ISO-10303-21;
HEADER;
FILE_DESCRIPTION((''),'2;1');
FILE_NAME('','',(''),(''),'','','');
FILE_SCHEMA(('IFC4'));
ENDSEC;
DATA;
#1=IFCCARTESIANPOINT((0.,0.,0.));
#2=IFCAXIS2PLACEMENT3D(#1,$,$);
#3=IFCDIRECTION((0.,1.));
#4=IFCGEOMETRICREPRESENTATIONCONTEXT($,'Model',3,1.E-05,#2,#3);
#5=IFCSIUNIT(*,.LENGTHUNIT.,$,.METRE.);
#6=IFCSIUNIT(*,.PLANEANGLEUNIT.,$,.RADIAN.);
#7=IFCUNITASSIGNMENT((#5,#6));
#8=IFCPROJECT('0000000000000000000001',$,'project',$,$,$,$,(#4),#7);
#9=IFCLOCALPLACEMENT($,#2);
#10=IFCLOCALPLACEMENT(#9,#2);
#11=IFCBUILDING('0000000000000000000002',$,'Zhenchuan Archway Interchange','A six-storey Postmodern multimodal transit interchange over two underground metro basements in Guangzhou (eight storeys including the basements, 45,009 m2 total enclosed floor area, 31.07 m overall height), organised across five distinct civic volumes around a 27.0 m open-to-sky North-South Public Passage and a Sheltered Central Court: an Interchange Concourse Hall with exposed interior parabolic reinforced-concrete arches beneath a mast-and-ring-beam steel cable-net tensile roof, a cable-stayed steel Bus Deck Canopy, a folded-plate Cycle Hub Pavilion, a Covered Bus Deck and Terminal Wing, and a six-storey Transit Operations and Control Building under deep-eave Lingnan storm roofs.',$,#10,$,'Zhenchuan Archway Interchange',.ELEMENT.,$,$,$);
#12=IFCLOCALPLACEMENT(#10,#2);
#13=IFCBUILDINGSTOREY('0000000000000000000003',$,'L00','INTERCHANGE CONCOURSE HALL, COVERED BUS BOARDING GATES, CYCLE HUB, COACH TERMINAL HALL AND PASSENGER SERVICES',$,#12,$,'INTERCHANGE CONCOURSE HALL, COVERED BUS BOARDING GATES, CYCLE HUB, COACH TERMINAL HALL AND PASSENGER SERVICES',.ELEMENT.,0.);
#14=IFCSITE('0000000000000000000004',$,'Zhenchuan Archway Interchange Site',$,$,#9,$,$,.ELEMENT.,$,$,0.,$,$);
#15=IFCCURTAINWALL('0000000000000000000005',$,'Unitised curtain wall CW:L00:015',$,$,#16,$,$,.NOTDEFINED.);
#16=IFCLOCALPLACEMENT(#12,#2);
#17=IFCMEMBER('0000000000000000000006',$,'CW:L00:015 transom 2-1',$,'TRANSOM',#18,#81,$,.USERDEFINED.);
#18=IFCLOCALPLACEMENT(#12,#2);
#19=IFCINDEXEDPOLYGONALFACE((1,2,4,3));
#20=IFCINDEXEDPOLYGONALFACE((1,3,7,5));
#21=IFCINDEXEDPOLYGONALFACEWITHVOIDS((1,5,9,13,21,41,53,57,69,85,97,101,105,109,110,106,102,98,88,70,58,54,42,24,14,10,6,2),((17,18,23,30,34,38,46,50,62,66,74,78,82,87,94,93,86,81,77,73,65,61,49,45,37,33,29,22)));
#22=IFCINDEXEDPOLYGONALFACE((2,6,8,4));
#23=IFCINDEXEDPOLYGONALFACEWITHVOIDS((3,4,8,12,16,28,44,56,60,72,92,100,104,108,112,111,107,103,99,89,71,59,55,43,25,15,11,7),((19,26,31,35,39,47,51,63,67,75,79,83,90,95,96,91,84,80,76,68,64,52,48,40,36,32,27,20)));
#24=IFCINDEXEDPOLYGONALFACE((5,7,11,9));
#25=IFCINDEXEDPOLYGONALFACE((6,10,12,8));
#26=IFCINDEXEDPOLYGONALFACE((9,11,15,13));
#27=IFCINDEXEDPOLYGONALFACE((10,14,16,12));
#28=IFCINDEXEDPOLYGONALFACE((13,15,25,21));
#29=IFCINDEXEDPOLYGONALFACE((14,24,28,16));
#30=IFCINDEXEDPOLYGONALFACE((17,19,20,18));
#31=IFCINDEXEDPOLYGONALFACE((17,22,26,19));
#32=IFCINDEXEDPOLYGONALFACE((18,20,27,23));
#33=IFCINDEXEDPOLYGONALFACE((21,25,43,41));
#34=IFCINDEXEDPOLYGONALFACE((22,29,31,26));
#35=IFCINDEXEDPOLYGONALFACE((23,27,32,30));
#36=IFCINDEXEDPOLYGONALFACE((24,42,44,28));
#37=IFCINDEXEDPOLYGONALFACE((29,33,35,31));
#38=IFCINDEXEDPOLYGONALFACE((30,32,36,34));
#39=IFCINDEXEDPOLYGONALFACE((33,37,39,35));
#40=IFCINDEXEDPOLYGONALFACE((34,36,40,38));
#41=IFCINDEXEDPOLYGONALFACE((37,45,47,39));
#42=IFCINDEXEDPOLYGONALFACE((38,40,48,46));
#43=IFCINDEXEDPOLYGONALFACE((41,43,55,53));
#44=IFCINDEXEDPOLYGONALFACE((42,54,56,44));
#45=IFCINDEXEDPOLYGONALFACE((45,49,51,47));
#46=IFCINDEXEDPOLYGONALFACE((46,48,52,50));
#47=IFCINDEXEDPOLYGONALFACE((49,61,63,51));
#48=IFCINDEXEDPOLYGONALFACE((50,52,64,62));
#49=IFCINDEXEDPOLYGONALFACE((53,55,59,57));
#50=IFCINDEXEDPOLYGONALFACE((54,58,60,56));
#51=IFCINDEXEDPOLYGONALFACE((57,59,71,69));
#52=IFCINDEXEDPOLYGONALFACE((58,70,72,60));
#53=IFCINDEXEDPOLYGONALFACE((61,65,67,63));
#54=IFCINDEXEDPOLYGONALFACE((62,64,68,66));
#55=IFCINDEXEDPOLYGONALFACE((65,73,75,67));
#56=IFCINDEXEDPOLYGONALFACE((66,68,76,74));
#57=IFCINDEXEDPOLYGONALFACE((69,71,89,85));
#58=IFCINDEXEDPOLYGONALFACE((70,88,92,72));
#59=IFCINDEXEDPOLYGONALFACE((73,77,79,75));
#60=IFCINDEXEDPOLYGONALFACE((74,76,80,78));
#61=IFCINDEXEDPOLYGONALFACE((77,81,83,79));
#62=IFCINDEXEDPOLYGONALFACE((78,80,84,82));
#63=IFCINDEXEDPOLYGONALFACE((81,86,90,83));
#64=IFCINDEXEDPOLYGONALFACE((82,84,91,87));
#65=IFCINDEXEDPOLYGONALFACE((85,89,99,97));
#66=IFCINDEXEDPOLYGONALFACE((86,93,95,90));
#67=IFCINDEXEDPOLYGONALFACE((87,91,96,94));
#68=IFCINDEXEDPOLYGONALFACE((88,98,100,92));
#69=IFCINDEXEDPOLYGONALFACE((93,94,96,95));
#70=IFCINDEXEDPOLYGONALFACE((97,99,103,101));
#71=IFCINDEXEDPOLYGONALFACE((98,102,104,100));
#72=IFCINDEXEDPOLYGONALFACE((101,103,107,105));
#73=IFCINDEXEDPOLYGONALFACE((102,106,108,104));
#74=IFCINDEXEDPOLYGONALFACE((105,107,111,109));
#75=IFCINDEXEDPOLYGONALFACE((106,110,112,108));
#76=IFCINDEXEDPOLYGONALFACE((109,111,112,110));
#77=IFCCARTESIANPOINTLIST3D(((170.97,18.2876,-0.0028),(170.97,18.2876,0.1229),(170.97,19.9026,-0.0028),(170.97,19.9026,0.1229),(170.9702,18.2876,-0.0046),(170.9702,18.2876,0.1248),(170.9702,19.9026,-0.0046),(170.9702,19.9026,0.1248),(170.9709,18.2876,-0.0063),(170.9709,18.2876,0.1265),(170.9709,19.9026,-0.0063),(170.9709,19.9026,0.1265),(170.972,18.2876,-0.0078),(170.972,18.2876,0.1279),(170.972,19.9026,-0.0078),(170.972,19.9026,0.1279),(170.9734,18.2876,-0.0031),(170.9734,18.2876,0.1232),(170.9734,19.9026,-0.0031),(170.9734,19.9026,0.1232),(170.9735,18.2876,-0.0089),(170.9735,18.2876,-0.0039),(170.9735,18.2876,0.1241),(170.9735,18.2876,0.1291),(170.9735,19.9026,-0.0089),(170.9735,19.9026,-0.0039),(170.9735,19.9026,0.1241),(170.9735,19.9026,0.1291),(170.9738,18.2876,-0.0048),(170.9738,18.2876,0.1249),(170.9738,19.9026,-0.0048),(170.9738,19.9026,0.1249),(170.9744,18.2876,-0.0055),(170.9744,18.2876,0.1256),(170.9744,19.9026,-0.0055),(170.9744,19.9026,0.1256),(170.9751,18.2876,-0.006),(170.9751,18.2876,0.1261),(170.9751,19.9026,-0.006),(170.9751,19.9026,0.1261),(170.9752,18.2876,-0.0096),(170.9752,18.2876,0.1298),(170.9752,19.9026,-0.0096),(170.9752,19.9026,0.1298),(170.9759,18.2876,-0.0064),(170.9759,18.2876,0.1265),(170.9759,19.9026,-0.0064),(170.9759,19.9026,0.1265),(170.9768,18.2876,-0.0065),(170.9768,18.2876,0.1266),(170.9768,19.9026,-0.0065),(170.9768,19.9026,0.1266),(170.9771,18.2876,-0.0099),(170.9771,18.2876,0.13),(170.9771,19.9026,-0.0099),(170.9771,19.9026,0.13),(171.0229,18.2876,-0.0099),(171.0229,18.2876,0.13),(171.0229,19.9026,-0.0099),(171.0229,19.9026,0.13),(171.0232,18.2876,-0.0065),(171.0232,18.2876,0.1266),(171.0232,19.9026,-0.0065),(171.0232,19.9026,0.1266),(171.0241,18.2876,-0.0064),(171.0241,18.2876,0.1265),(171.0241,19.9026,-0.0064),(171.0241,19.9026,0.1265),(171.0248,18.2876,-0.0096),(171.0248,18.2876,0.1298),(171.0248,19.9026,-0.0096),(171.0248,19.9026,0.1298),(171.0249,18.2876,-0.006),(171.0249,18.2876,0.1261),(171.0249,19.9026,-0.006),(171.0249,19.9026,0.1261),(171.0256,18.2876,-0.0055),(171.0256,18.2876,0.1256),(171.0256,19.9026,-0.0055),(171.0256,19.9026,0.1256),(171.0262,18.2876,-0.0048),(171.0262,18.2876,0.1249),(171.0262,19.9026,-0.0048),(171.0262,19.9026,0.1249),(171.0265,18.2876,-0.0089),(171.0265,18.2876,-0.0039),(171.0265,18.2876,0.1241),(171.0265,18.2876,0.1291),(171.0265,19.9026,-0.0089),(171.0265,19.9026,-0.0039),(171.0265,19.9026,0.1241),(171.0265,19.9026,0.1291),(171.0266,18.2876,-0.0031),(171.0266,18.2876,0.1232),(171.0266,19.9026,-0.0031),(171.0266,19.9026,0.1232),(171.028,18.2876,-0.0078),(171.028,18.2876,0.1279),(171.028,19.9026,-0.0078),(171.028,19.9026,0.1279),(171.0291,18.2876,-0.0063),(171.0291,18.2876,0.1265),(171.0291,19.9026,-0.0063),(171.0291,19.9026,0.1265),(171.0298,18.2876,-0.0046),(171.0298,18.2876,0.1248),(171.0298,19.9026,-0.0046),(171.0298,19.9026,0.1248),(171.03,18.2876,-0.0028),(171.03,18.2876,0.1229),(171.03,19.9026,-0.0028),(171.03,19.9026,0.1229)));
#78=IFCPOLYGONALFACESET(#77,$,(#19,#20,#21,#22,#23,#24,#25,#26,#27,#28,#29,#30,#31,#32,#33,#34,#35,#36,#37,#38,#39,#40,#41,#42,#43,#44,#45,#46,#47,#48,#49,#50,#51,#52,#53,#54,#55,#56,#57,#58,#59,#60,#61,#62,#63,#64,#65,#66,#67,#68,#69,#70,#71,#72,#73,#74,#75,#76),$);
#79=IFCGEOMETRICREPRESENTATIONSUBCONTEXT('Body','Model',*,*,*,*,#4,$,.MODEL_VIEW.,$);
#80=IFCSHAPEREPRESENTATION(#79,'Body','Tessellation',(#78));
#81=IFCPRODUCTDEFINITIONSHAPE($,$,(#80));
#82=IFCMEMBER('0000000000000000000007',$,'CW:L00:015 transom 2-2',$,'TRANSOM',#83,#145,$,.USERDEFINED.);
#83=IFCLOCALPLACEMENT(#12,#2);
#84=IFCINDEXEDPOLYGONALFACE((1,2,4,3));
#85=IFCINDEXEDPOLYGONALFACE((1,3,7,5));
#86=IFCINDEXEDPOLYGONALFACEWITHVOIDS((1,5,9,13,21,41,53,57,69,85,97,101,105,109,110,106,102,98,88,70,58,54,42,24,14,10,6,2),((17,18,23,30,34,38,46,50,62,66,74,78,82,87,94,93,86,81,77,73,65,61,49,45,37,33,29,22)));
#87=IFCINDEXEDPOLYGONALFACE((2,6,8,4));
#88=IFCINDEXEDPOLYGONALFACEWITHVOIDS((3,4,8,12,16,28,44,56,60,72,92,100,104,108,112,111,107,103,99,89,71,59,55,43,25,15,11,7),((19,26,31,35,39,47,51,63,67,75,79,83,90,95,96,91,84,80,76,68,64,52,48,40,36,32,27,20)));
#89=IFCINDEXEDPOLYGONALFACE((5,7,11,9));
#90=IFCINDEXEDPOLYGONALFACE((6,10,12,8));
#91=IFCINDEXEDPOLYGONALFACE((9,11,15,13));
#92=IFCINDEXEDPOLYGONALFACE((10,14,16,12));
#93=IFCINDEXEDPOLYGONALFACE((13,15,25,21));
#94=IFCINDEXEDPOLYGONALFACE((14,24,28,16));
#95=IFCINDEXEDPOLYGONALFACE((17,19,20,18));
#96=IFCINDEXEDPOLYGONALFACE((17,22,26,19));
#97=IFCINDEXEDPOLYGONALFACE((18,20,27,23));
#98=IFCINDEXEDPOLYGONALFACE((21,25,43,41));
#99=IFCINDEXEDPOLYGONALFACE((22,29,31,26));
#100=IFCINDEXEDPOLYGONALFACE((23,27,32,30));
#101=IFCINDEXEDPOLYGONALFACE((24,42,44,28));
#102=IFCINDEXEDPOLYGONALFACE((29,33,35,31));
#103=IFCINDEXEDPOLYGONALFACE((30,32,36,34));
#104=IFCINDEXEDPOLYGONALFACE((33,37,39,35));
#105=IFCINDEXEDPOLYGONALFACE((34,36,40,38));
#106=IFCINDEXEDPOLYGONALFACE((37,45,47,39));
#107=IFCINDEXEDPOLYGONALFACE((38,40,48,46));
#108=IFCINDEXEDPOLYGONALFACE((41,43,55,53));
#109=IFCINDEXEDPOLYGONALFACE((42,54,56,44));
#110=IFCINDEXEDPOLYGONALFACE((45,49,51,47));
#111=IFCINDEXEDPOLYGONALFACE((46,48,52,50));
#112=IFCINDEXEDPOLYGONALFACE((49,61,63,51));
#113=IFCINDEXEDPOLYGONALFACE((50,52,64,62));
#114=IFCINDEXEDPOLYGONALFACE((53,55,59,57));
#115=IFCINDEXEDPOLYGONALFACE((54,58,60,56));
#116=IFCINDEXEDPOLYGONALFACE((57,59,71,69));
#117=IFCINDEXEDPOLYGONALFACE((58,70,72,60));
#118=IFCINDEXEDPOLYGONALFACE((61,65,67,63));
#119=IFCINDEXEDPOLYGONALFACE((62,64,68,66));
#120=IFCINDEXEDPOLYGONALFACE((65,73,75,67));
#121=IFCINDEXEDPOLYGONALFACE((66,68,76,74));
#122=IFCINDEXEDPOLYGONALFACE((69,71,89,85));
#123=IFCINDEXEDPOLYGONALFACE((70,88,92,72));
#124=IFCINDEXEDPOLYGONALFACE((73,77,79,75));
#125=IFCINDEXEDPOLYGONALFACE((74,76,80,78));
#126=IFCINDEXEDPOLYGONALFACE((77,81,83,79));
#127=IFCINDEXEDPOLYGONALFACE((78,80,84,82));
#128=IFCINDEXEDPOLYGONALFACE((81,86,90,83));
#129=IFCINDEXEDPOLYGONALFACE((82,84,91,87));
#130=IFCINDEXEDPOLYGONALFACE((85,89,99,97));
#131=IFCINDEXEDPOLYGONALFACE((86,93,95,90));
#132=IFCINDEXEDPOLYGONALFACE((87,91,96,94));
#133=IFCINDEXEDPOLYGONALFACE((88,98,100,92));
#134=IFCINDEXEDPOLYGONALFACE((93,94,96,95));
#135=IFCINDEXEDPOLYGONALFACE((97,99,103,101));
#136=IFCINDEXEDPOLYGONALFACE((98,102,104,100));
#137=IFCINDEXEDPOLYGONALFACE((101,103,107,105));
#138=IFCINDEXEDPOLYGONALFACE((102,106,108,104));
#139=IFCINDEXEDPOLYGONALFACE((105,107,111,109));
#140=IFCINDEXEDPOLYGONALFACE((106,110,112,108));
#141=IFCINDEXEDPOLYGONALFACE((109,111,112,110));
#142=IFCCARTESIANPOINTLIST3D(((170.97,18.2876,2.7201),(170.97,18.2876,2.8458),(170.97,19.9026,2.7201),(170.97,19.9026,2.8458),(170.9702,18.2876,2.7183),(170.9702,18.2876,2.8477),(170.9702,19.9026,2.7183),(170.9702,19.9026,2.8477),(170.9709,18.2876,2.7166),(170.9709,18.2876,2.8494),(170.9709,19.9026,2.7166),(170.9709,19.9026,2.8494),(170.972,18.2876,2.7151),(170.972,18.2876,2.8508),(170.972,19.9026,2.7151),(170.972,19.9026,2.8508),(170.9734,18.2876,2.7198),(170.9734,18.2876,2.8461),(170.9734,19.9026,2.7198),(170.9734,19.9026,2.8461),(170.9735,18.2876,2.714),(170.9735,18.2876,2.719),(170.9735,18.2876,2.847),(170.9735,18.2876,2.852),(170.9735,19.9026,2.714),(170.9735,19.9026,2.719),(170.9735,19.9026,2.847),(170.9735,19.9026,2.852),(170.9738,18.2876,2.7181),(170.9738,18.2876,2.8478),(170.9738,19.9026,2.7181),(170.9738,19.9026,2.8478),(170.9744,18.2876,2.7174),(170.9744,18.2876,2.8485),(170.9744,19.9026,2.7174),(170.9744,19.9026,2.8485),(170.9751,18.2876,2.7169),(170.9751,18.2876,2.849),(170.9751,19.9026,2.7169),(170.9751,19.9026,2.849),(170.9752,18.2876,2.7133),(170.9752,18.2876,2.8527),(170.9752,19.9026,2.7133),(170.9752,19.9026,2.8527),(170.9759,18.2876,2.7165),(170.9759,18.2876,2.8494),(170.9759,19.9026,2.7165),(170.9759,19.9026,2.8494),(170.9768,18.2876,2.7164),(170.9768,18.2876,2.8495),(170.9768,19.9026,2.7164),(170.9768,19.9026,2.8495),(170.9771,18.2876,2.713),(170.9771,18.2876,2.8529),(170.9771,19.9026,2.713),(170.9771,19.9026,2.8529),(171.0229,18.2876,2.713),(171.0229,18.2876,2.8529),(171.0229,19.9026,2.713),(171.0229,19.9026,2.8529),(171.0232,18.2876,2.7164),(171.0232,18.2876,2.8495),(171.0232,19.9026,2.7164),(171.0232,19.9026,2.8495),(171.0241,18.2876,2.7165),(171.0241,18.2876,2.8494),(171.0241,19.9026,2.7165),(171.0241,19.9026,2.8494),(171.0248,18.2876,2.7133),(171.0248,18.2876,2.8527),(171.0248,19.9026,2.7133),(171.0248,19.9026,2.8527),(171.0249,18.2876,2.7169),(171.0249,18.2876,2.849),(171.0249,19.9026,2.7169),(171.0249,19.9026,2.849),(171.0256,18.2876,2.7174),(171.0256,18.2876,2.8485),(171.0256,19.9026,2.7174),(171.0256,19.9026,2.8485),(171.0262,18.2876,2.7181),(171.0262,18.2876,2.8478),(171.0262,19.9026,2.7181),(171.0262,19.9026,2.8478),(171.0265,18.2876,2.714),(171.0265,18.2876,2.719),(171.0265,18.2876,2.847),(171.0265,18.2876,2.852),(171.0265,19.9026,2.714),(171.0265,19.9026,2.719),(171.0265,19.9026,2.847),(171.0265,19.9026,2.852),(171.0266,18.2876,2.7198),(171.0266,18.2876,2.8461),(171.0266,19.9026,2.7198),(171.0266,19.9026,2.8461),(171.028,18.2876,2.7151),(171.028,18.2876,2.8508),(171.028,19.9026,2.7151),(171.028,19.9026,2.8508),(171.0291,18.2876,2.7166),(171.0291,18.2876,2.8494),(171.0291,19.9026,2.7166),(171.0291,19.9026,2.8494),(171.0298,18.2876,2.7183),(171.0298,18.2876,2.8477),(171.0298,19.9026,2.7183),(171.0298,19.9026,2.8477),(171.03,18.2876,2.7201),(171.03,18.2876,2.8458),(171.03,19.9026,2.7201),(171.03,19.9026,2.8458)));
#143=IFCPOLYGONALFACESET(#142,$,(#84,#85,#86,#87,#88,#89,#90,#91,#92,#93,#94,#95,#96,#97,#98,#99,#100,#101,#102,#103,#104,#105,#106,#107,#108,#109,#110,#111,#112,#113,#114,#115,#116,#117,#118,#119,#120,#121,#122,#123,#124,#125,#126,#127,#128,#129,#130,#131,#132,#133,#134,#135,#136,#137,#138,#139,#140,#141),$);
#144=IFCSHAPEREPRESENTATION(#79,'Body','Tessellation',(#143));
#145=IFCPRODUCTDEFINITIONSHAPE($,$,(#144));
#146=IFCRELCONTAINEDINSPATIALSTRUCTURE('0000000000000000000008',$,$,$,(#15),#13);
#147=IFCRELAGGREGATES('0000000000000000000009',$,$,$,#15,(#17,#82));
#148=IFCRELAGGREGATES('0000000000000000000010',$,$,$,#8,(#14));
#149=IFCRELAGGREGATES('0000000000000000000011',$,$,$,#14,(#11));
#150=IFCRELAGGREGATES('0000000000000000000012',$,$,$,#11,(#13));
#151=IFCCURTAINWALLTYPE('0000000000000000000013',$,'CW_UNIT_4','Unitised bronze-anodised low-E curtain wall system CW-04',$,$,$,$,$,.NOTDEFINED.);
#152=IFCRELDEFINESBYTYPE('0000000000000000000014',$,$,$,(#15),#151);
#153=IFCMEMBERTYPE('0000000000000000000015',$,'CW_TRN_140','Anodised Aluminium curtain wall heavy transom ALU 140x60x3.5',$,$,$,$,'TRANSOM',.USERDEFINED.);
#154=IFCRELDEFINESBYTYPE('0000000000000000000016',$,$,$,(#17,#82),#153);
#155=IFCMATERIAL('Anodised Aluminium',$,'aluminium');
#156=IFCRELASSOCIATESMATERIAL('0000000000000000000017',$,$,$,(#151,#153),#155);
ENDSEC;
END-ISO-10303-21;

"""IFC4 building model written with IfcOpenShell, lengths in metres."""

from ifc_helpers import new_model, si_unit, direction, frame, origin, origin_2d, place, context, subcontext, project, spatial, hollow_rectangle, extrude, material, material_profile, profile_set, type_object, element, aggregate, save


model = new_model("IFC4")

# Units and contexts
model_context = context("Model", 3, precision=1e-05, world=origin(), true_north=direction((0.0, 1.0)))
body_context = subcontext(model_context, "Body", "Model", "MODEL_VIEW")
ifc_project = project(units=[si_unit("LENGTHUNIT", "METRE"), si_unit("PLANEANGLEUNIT", "RADIAN")], contexts=[model_context])

# Site, building, storey
site_placement = place(None, origin())
site = spatial("IfcSite", under=ifc_project, at=site_placement, Name="Zhenchuan Archway Interchange Site", CompositionType="ELEMENT", RefElevation=0.0)
building_placement = place(site_placement, origin())
building = spatial("IfcBuilding", under=site, at=building_placement, Name="Zhenchuan Archway Interchange", Description="A six-storey Postmodern multimodal transit interchange over two underground metro basements in Guangzhou (eight storeys including the basements, 45,009 m2 total enclosed floor area, 31.07 m overall height), organised across five distinct civic volumes around a 27.0 m open-to-sky North-South Public Passage and a Sheltered Central Court: an Interchange Concourse Hall with exposed interior parabolic reinforced-concrete arches beneath a mast-and-ring-beam steel cable-net tensile roof, a cable-stayed steel Bus Deck Canopy, a folded-plate Cycle Hub Pavilion, a Covered Bus Deck and Terminal Wing, and a six-storey Transit Operations and Control Building under deep-eave Lingnan storm roofs.", LongName="Zhenchuan Archway Interchange", CompositionType="ELEMENT")
storey_placement = place(building_placement, origin())
storey = spatial("IfcBuildingStorey", under=building, at=storey_placement, Name="L00", Description="INTERCHANGE CONCOURSE HALL, COVERED BUS BOARDING GATES, CYCLE HUB, COACH TERMINAL HALL AND PASSENGER SERVICES", LongName="INTERCHANGE CONCOURSE HALL, COVERED BUS BOARDING GATES, CYCLE HUB, COACH TERMINAL HALL AND PASSENGER SERVICES", CompositionType="ELEMENT", Elevation=0.0)

# Curtain wall, members
ifc_material_1 = material(Name="Anodised Aluminium", Category="aluminium")
curtain_wall_type = type_object("IfcCurtainWallType", Name="CW_UNIT_4", Description="Unitised bronze-anodised low-E curtain wall system CW-04", PredefinedType="NOTDEFINED", material=ifc_material_1)
curtain_wall_placement = place(storey_placement, origin())
curtain_wall = element("IfcCurtainWall", 1, at=curtain_wall_placement, inside=storey, type_object=curtain_wall_type, Name="Unitised curtain wall CW:L00:015", PredefinedType="NOTDEFINED")
ifc_material_profile_1 = material_profile(ifc_material_1, hollow_rectangle(XDim=0.0601, YDim=0.1399, WallThickness=0.0034, InnerFilletRadius=0.0034, OuterFilletRadius=0.0071, at=origin_2d()), Name="ALU 140x60x3.5")
ifc_profile_set_1 = profile_set([ifc_material_profile_1], Name="Anodised Aluminium")
member_type_1 = type_object("IfcMemberType", Name="CW_TRN_140", Description="Anodised Aluminium curtain wall heavy transom ALU 140x60x3.5", ElementType="TRANSOM", PredefinedType="USERDEFINED", material=ifc_profile_set_1)
member_1_placement = place(storey_placement, frame((171.0, 19.9026, 0.0601), z_axis=(0.0, -1.0, 0.0), x_axis=(1.0, 0.0, 0.0)))
member_1 = element("IfcMember", 2, at=member_1_placement, type_object=member_type_1, Name="CW:L00:015 transom 2-1", ObjectType="TRANSOM", PredefinedType="USERDEFINED", context=body_context, shape_type="SweptSolid", body=[
    extrude(hollow_rectangle(XDim=0.0601, YDim=0.1399, WallThickness=0.0034, InnerFilletRadius=0.0034, OuterFilletRadius=0.0071, at=origin_2d()), origin(), (0.0, 0.0, 1.0), 1.615),
])
member_2_placement = place(storey_placement, frame((171.0, 19.9026, 2.783), z_axis=(0.0, -1.0, 0.0), x_axis=(1.0, 0.0, 0.0)))
member_2 = element("IfcMember", 3, at=member_2_placement, type_object=member_type_1, Name="CW:L00:015 transom 2-2", ObjectType="TRANSOM", PredefinedType="USERDEFINED", context=body_context, shape_type="SweptSolid", body=[
    extrude(hollow_rectangle(XDim=0.0601, YDim=0.1399, WallThickness=0.0034, InnerFilletRadius=0.0034, OuterFilletRadius=0.0071, at=origin_2d()), origin(), (0.0, 0.0, 1.0), 1.615),
])
aggregate(curtain_wall, [member_1, member_2])

save(model, "model.ifc")
